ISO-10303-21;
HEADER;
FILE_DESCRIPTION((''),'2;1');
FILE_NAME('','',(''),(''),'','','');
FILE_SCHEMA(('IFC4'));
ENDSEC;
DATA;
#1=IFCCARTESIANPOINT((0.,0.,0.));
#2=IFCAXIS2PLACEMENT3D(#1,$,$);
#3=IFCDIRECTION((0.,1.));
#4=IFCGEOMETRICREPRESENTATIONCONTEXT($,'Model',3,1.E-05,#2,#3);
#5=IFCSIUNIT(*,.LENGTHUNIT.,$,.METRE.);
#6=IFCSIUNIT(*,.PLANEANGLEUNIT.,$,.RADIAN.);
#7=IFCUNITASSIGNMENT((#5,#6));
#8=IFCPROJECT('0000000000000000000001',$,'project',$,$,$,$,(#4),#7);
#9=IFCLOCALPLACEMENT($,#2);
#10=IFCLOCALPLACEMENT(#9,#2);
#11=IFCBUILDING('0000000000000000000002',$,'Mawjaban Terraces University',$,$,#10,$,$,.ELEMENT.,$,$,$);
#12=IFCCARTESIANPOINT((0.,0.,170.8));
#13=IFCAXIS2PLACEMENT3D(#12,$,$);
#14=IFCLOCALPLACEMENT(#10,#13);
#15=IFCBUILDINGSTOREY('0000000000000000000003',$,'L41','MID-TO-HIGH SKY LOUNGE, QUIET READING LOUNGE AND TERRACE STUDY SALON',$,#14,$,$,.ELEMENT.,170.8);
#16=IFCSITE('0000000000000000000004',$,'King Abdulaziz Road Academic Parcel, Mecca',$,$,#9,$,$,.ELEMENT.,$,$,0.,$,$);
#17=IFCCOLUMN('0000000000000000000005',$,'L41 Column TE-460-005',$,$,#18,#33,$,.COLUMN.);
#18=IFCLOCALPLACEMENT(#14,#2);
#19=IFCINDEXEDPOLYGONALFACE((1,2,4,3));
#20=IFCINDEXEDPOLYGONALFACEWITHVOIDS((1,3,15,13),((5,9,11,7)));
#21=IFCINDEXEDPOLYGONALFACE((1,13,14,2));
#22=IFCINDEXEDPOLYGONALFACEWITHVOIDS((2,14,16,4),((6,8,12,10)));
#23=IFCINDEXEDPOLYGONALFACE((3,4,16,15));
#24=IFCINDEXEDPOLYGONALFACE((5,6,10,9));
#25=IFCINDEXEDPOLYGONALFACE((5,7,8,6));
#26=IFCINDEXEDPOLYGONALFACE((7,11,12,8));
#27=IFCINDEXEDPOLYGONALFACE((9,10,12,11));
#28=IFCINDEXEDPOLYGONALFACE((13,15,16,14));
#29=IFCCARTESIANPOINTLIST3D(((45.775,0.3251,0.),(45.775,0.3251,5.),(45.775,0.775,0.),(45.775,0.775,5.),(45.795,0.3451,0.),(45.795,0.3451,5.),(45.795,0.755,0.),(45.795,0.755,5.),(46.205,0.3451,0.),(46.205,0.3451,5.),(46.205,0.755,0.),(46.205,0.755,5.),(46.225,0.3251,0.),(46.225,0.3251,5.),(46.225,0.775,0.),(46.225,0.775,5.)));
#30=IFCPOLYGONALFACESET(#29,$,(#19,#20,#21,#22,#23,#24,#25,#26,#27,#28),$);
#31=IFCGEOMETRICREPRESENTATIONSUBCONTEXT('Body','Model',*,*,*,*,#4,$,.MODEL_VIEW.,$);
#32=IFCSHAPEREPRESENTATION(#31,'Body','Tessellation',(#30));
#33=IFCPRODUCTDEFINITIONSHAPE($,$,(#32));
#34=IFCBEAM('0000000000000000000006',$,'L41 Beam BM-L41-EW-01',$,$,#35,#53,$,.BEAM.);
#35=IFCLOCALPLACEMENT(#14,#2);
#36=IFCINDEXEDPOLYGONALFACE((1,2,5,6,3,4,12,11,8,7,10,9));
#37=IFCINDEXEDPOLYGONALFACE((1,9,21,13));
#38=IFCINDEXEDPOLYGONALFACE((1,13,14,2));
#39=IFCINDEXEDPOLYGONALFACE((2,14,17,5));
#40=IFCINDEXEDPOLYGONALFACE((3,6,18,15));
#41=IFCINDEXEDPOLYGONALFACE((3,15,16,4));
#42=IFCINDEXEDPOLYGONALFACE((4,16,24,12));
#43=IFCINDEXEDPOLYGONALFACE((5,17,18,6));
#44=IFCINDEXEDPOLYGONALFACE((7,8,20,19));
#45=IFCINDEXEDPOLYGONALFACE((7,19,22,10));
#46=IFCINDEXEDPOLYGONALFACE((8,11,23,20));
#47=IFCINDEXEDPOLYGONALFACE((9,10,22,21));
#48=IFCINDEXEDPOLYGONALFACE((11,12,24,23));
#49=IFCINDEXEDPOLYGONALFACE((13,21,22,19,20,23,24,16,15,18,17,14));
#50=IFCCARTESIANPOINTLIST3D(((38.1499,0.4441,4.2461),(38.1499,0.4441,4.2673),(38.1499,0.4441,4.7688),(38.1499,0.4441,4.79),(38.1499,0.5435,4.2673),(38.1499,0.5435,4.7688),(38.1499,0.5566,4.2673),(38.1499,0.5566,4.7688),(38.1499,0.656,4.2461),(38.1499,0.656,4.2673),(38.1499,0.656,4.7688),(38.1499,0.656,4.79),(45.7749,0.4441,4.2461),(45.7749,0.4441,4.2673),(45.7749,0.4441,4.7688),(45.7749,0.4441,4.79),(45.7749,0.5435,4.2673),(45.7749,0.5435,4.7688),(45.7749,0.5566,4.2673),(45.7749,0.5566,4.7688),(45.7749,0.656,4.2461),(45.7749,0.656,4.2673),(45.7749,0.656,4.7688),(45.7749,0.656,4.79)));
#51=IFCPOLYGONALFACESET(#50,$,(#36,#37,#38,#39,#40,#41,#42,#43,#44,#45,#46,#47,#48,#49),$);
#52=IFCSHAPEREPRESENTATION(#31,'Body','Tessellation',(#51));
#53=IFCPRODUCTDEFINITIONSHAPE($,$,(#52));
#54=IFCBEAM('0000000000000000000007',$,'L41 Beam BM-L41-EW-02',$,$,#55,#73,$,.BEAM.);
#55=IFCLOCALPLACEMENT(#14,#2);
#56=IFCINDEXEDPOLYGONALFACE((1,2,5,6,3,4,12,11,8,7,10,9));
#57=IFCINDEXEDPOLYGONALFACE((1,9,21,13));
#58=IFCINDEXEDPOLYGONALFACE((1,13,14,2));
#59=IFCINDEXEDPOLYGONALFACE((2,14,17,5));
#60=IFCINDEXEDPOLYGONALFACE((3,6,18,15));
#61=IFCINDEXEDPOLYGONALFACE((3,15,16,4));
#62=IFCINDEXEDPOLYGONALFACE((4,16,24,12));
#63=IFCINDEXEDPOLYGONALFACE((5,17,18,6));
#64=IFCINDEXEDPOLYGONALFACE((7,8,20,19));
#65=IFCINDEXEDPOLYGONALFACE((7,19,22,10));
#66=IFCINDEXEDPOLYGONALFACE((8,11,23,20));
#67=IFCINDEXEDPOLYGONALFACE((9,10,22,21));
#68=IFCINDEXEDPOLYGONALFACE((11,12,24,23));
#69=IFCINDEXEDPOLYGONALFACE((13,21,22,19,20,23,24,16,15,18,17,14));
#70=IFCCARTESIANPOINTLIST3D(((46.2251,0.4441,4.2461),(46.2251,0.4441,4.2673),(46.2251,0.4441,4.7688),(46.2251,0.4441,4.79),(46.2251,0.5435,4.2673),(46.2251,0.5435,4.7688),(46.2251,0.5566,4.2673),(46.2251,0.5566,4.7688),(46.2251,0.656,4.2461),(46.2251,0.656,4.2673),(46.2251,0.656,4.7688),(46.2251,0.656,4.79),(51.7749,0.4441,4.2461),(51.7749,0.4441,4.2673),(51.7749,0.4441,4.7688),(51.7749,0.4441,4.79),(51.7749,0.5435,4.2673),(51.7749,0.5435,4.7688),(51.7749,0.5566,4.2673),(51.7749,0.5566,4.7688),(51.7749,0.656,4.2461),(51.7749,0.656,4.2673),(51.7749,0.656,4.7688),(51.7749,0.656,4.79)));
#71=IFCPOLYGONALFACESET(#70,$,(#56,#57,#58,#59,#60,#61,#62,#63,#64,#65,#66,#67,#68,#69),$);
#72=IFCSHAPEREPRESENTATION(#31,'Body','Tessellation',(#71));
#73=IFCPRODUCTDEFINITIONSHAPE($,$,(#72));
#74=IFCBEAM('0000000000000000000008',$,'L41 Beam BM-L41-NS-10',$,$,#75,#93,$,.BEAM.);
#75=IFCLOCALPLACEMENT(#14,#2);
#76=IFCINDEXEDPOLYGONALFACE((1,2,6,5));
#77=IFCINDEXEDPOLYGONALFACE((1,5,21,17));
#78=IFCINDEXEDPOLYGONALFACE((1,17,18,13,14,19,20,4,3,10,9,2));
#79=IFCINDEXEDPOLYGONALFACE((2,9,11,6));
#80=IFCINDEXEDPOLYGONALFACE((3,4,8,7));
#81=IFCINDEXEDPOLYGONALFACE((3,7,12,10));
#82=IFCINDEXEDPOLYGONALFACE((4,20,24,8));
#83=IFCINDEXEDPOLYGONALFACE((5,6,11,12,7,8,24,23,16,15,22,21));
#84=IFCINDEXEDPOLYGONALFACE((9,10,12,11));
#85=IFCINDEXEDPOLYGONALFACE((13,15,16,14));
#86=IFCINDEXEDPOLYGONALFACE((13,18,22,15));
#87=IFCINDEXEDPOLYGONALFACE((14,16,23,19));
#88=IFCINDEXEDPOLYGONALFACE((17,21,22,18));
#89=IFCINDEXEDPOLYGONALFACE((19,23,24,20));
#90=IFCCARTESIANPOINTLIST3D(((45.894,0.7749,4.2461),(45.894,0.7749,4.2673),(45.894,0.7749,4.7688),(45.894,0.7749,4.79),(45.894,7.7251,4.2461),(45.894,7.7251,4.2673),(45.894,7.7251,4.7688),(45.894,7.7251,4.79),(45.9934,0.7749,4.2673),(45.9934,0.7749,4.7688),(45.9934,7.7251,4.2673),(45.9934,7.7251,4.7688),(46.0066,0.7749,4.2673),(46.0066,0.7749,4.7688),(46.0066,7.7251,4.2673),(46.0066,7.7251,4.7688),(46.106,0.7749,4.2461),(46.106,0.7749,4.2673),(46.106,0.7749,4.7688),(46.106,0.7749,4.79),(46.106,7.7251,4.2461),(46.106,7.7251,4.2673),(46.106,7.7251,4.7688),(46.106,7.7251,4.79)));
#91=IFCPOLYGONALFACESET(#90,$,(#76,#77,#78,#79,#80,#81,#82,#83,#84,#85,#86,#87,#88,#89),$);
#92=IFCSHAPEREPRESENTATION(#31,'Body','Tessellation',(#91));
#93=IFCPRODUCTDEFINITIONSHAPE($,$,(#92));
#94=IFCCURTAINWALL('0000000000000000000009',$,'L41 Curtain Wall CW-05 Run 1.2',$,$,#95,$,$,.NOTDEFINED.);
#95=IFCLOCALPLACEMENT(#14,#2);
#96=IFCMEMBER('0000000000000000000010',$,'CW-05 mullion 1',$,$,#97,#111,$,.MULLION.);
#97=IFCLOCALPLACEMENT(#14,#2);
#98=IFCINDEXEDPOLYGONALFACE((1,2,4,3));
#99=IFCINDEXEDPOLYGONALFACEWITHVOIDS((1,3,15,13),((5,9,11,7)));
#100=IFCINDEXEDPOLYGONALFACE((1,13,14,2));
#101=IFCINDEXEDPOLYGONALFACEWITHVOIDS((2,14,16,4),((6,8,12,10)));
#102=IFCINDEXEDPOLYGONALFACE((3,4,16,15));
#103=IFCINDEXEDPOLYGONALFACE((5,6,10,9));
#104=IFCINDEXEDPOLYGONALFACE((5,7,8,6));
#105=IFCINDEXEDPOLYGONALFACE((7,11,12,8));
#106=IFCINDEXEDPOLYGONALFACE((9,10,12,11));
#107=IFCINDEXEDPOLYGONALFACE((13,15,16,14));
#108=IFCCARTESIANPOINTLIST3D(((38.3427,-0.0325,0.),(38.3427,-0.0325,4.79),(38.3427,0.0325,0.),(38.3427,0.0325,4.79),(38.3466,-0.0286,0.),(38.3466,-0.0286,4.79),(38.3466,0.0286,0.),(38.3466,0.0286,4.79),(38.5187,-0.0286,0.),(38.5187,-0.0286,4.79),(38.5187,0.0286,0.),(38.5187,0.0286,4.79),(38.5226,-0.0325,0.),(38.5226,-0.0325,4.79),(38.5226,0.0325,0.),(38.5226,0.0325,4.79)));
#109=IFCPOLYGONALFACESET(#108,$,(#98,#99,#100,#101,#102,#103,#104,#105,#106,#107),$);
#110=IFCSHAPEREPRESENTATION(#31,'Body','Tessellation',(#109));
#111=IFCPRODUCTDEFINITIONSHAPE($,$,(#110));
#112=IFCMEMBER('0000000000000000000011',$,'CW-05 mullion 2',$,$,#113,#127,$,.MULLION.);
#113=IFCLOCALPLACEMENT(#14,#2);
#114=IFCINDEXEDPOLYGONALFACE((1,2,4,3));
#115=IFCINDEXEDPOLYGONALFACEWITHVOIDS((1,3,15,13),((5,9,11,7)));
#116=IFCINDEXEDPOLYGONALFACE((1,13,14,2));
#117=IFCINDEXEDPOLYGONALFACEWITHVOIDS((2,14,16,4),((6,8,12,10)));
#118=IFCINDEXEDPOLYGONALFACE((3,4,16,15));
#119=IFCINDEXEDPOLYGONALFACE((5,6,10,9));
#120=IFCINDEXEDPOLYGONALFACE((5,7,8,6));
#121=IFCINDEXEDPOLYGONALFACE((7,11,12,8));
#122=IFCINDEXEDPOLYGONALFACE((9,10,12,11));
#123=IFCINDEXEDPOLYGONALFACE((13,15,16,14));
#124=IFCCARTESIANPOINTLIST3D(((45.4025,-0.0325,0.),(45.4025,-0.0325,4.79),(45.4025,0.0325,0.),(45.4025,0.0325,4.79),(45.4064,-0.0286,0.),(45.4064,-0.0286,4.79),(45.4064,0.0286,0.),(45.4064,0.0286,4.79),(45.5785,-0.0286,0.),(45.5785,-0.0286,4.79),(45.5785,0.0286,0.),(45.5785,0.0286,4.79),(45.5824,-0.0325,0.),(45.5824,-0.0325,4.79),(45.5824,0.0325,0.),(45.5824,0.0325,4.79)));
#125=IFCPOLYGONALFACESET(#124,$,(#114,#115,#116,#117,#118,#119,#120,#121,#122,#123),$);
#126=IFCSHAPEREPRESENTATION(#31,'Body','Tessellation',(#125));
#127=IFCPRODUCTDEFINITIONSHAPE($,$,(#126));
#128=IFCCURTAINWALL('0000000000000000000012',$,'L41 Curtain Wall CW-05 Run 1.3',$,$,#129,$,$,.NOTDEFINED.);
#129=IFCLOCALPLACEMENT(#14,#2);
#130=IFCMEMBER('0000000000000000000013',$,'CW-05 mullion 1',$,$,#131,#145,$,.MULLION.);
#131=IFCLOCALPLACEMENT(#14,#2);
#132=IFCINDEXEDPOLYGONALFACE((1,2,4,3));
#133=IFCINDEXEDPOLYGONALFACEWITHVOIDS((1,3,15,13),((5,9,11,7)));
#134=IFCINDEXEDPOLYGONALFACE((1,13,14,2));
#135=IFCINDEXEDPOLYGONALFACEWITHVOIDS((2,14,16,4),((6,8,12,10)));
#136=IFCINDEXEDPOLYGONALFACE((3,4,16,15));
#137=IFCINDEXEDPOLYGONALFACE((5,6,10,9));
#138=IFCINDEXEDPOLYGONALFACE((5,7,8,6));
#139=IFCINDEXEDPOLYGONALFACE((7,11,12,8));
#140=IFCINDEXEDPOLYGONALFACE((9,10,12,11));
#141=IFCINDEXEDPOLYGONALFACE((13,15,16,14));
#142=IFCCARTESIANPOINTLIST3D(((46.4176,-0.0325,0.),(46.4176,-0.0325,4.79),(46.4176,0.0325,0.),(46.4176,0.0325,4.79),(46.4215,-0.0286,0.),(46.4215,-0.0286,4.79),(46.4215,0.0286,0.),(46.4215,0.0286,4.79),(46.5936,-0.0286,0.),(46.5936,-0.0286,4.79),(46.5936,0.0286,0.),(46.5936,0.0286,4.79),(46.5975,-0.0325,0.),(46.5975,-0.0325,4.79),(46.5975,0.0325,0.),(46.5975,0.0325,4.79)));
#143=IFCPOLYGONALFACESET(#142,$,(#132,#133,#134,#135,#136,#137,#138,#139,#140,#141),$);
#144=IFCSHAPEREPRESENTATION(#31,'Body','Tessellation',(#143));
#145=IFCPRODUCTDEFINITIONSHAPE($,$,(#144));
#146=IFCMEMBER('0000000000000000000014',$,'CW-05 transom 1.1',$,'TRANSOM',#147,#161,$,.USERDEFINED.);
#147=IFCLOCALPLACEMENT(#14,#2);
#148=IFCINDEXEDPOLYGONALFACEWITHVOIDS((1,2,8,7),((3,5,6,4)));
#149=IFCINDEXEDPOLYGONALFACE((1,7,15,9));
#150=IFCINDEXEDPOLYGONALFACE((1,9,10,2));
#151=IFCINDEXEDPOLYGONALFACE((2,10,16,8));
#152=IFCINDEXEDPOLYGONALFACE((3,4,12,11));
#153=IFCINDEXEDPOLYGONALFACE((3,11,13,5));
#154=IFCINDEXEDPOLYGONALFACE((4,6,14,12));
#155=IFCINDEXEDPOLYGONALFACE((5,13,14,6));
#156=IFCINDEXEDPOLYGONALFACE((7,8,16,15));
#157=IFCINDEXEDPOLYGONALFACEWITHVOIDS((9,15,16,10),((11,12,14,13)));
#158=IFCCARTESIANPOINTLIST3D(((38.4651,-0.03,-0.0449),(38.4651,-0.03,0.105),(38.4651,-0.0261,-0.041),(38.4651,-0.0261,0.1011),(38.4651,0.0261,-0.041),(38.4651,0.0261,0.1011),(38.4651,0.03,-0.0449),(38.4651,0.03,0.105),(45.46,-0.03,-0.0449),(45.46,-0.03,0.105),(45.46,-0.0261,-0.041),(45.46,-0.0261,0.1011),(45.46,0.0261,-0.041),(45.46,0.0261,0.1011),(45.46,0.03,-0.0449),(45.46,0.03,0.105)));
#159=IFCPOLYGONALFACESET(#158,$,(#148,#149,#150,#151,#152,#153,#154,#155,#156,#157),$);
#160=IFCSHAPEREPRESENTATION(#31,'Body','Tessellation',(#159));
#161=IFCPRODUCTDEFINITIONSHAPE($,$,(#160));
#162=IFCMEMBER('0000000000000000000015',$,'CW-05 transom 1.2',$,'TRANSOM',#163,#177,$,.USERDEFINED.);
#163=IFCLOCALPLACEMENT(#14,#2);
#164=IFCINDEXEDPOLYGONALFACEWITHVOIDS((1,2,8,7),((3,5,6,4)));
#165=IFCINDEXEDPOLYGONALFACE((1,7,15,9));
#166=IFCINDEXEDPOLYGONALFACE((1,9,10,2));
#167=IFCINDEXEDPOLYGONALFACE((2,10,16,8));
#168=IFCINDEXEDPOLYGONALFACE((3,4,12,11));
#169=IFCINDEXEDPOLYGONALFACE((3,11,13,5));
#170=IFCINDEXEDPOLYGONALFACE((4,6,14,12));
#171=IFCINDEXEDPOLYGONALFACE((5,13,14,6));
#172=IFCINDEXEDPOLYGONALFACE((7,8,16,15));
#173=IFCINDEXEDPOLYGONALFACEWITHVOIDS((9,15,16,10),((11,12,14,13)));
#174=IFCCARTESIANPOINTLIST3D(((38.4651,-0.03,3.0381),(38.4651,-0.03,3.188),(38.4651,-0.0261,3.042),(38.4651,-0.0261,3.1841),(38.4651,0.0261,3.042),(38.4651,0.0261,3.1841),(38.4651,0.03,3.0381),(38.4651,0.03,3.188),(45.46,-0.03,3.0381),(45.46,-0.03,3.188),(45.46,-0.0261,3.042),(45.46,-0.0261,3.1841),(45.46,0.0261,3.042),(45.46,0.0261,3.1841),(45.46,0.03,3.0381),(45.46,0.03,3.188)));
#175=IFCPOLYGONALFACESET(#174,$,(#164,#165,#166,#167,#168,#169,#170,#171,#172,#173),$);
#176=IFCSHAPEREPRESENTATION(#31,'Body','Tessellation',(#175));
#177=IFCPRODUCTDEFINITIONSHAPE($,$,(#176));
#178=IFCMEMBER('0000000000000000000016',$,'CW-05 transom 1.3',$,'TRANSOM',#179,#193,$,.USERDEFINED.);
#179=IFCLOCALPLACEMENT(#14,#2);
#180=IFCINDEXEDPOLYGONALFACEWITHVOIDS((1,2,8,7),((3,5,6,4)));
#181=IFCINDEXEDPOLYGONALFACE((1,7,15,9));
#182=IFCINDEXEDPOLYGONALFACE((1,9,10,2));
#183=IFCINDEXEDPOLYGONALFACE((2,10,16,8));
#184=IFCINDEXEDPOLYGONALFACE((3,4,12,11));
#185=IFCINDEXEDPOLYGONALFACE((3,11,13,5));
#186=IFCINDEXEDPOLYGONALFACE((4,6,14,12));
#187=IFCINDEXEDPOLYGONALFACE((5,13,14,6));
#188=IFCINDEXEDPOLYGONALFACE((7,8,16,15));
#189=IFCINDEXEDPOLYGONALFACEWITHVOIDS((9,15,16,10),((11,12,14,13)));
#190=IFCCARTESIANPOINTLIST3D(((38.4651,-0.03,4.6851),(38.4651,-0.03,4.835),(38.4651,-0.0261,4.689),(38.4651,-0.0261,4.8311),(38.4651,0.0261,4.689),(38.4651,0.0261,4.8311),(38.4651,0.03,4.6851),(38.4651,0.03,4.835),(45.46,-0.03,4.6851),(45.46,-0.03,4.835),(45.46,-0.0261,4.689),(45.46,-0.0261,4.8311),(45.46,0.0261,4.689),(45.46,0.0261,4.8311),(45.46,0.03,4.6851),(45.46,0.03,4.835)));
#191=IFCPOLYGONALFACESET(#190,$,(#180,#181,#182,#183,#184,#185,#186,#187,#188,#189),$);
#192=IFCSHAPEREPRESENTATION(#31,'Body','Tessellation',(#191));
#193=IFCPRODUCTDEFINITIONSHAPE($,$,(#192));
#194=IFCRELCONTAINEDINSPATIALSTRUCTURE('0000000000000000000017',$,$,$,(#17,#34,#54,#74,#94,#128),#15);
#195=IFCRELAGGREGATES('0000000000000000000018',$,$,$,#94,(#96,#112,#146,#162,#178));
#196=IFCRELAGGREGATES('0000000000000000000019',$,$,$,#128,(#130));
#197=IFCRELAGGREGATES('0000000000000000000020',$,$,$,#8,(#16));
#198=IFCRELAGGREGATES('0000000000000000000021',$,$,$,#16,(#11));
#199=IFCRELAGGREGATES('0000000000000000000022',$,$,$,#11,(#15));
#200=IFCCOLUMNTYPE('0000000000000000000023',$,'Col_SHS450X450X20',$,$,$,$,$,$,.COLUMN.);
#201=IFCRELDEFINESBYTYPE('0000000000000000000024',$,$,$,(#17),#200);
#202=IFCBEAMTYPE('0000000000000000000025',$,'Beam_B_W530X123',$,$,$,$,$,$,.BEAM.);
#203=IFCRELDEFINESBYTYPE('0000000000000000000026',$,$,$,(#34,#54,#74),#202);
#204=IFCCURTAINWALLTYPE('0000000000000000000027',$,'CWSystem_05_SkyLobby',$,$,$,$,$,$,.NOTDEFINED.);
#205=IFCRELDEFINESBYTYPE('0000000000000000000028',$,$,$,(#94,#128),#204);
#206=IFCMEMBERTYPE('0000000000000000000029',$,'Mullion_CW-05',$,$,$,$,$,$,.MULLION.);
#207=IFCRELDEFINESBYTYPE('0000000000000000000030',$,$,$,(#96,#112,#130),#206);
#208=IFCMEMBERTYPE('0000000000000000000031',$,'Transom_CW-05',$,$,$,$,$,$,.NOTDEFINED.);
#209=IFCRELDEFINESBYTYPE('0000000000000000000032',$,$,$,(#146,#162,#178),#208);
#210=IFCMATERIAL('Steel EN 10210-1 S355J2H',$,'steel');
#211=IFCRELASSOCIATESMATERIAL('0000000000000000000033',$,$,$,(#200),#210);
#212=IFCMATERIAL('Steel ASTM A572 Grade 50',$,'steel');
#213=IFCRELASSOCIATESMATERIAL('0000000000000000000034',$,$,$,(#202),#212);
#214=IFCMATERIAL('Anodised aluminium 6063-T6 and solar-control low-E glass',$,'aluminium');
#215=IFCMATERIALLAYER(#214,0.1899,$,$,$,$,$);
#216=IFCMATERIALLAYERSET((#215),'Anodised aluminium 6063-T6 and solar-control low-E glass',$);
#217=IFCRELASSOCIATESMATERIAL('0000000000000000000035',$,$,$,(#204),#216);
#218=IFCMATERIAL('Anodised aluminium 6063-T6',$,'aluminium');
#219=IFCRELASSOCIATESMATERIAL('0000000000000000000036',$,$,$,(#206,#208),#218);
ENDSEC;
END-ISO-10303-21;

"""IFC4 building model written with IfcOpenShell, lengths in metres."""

from ifc_helpers import new_model, si_unit, direction, frame, origin, origin_2d, place, context, subcontext, project, spatial, hollow_rectangle, i_section, extrude, material, layer, layer_set, material_profile, profile_set, type_object, element, aggregate, save


model = new_model("IFC4")

# Units and contexts
model_context = context("Model", 3, precision=1e-05, world=origin(), true_north=direction((0.0, 1.0)))
body_context = subcontext(model_context, "Body", "Model", "MODEL_VIEW")
ifc_project = project(units=[si_unit("LENGTHUNIT", "METRE"), si_unit("PLANEANGLEUNIT", "RADIAN")], contexts=[model_context])

# Site, building, storey
site_placement = place(None, origin())
site = spatial("IfcSite", under=ifc_project, at=site_placement, Name="King Abdulaziz Road Academic Parcel, Mecca", CompositionType="ELEMENT", RefElevation=0.0)
building_placement = place(site_placement, origin())
building = spatial("IfcBuilding", under=site, at=building_placement, Name="Mawjaban Terraces University", CompositionType="ELEMENT")
storey_placement = place(building_placement, frame((0.0, 0.0, 170.8)))
storey = spatial("IfcBuildingStorey", under=building, at=storey_placement, Name="L41", Description="MID-TO-HIGH SKY LOUNGE, QUIET READING LOUNGE AND TERRACE STUDY SALON", CompositionType="ELEMENT", Elevation=170.8)

# Column
ifc_material_1 = material(Name="Steel EN 10210-1 S355J2H", Category="steel")
ifc_material_profile_1 = material_profile(ifc_material_1, hollow_rectangle(XDim=0.45, YDim=0.45, WallThickness=0.02, at=origin_2d()), Name="SHS450X450X20")
ifc_profile_set_1 = profile_set([ifc_material_profile_1], Name="Steel EN 10210-1 S355J2H")
column_type = type_object("IfcColumnType", Name="Col_SHS450X450X20", PredefinedType="COLUMN", material=ifc_profile_set_1)
column_placement = place(storey_placement, frame((46.0, 0.55, 0.0), z_axis=(0.0, 0.0, 1.0), x_axis=(1.0, 0.0, 0.0)))
element("IfcColumn", 1, at=column_placement, inside=storey, type_object=column_type, Name="L41 Column TE-460-005", PredefinedType="COLUMN", context=body_context, shape_type="SweptSolid", body=[
    extrude(hollow_rectangle(XDim=0.45, YDim=0.45, WallThickness=0.02, at=origin_2d()), origin(), (0.0, 0.0, 1.0), 5.0),
])

# Beams
ifc_material_2 = material(Name="Steel ASTM A572 Grade 50", Category="steel")
ifc_material_profile_2 = material_profile(ifc_material_2, i_section(OverallWidth=0.2119, OverallDepth=0.5439, WebThickness=0.0132, FlangeThickness=0.0212, at=origin_2d()), Name="W530X123")
ifc_profile_set_2 = profile_set([ifc_material_profile_2], Name="Steel ASTM A572 Grade 50")
beam_type = type_object("IfcBeamType", Name="Beam_B_W530X123", PredefinedType="BEAM", material=ifc_profile_set_2)
beam_1_placement = place(storey_placement, frame((38.1499, 0.55, 4.5181), z_axis=(1.0, 0.0, 0.0), x_axis=(0.0, 1.0, 0.0)))
element("IfcBeam", 2, at=beam_1_placement, inside=storey, type_object=beam_type, Name="L41 Beam BM-L41-EW-01", PredefinedType="BEAM", context=body_context, shape_type="SweptSolid", body=[
    extrude(i_section(OverallWidth=0.2119, OverallDepth=0.5439, WebThickness=0.0132, FlangeThickness=0.0212, at=origin_2d()), origin(), (0.0, 0.0, 1.0), 7.625),
])
beam_2_placement = place(storey_placement, frame((46.2251, 0.55, 4.5181), z_axis=(1.0, 0.0, 0.0), x_axis=(0.0, 1.0, 0.0)))
element("IfcBeam", 3, at=beam_2_placement, inside=storey, type_object=beam_type, Name="L41 Beam BM-L41-EW-02", PredefinedType="BEAM", context=body_context, shape_type="SweptSolid", body=[
    extrude(i_section(OverallWidth=0.2119, OverallDepth=0.5439, WebThickness=0.0132, FlangeThickness=0.0212, at=origin_2d()), origin(), (0.0, 0.0, 1.0), 5.5498),
])
beam_3_placement = place(storey_placement, frame((46.0, 0.7749, 4.5181), z_axis=(0.0, 1.0, 0.0), x_axis=(-1.0, 0.0, 0.0)))
element("IfcBeam", 4, at=beam_3_placement, inside=storey, type_object=beam_type, Name="L41 Beam BM-L41-NS-10", PredefinedType="BEAM", context=body_context, shape_type="SweptSolid", body=[
    extrude(i_section(OverallWidth=0.2119, OverallDepth=0.5439, WebThickness=0.0132, FlangeThickness=0.0212, at=origin_2d()), origin(), (0.0, 0.0, 1.0), 6.9502),
])

# Curtain wall, members
ifc_material_3 = material(Name="Anodised aluminium 6063-T6 and solar-control low-E glass", Category="aluminium")
ifc_layer_1 = layer(ifc_material_3, 0.1899)
ifc_layer_set_1 = layer_set([ifc_layer_1], Name="Anodised aluminium 6063-T6 and solar-control low-E glass")
curtain_wall_type = type_object("IfcCurtainWallType", Name="CWSystem_05_SkyLobby", PredefinedType="NOTDEFINED", material=ifc_layer_set_1)
curtain_wall_1_placement = place(storey_placement, origin())
curtain_wall_1 = element("IfcCurtainWall", 5, at=curtain_wall_1_placement, inside=storey, type_object=curtain_wall_type, Name="L41 Curtain Wall CW-05 Run 1.2", PredefinedType="NOTDEFINED")
ifc_material_4 = material(Name="Anodised aluminium 6063-T6", Category="aluminium")
ifc_material_profile_3 = material_profile(ifc_material_4, hollow_rectangle(XDim=0.0649, YDim=0.1799, WallThickness=0.0039, at=origin_2d()), Name="ALU180X65X4")
ifc_profile_set_3 = profile_set([ifc_material_profile_3], Name="Anodised aluminium 6063-T6")
member_type_1 = type_object("IfcMemberType", Name="Mullion_CW-05", PredefinedType="MULLION", material=ifc_profile_set_3)
member_1_placement = place(storey_placement, frame((38.4326, 0.0, 0.0), z_axis=(0.0, 0.0, 1.0), x_axis=(0.0, 1.0, 0.0)))
member_1 = element("IfcMember", 6, at=member_1_placement, type_object=member_type_1, Name="CW-05 mullion 1", PredefinedType="MULLION", context=body_context, shape_type="SweptSolid", body=[
    extrude(hollow_rectangle(XDim=0.0649, YDim=0.1799, WallThickness=0.0039, at=origin_2d()), origin(), (0.0, 0.0, 1.0), 4.79),
])
member_2_placement = place(storey_placement, frame((45.4924, 0.0, 0.0), z_axis=(0.0, 0.0, 1.0), x_axis=(0.0, 1.0, 0.0)))
member_2 = element("IfcMember", 7, at=member_2_placement, type_object=member_type_1, Name="CW-05 mullion 2", PredefinedType="MULLION", context=body_context, shape_type="SweptSolid", body=[
    extrude(hollow_rectangle(XDim=0.0649, YDim=0.1799, WallThickness=0.0039, at=origin_2d()), origin(), (0.0, 0.0, 1.0), 4.79),
])

# Curtain wall, member
curtain_wall_2_placement = place(storey_placement, origin())
curtain_wall_2 = element("IfcCurtainWall", 8, at=curtain_wall_2_placement, inside=storey, type_object=curtain_wall_type, Name="L41 Curtain Wall CW-05 Run 1.3", PredefinedType="NOTDEFINED")
member_3_placement = place(storey_placement, frame((46.5076, 0.0, 0.0), z_axis=(0.0, 0.0, 1.0), x_axis=(0.0, 1.0, 0.0)))
member_3 = element("IfcMember", 9, at=member_3_placement, type_object=member_type_1, Name="CW-05 mullion 1", PredefinedType="MULLION", context=body_context, shape_type="SweptSolid", body=[
    extrude(hollow_rectangle(XDim=0.0649, YDim=0.1799, WallThickness=0.0039, at=origin_2d()), origin(), (0.0, 0.0, 1.0), 4.79),
])

# Members
ifc_material_profile_4 = material_profile(ifc_material_4, hollow_rectangle(XDim=0.0601, YDim=0.1499, WallThickness=0.0039, at=origin_2d()), Name="ALU150X60X4")
ifc_profile_set_4 = profile_set([ifc_material_profile_4], Name="Anodised aluminium 6063-T6")
member_type_2 = type_object("IfcMemberType", Name="Transom_CW-05", PredefinedType="NOTDEFINED", material=ifc_profile_set_4)
member_4_placement = place(storey_placement, frame((38.4651, 0.0, 0.03), z_axis=(1.0, 0.0, 0.0), x_axis=(0.0, 1.0, 0.0)))
member_4 = element("IfcMember", 10, at=member_4_placement, type_object=member_type_2, Name="CW-05 transom 1.1", ObjectType="TRANSOM", PredefinedType="USERDEFINED", context=body_context, shape_type="SweptSolid", body=[
    extrude(hollow_rectangle(XDim=0.0601, YDim=0.1499, WallThickness=0.0039, at=origin_2d()), origin(), (0.0, 0.0, 1.0), 6.9949),
])
member_5_placement = place(storey_placement, frame((38.4651, 0.0, 3.113), z_axis=(1.0, 0.0, 0.0), x_axis=(0.0, 1.0, 0.0)))
member_5 = element("IfcMember", 11, at=member_5_placement, type_object=member_type_2, Name="CW-05 transom 1.2", ObjectType="TRANSOM", PredefinedType="USERDEFINED", context=body_context, shape_type="SweptSolid", body=[
    extrude(hollow_rectangle(XDim=0.0601, YDim=0.1499, WallThickness=0.0039, at=origin_2d()), origin(), (0.0, 0.0, 1.0), 6.9949),
])
member_6_placement = place(storey_placement, frame((38.4651, 0.0, 4.76), z_axis=(1.0, 0.0, 0.0), x_axis=(0.0, 1.0, 0.0)))
member_6 = element("IfcMember", 12, at=member_6_placement, type_object=member_type_2, Name="CW-05 transom 1.3", ObjectType="TRANSOM", PredefinedType="USERDEFINED", context=body_context, shape_type="SweptSolid", body=[
    extrude(hollow_rectangle(XDim=0.0601, YDim=0.1499, WallThickness=0.0039, at=origin_2d()), origin(), (0.0, 0.0, 1.0), 6.9949),
])

aggregate(curtain_wall_1, [member_1, member_2, member_4, member_5, member_6])
aggregate(curtain_wall_2, [member_3])

save(model, "model.ifc")
